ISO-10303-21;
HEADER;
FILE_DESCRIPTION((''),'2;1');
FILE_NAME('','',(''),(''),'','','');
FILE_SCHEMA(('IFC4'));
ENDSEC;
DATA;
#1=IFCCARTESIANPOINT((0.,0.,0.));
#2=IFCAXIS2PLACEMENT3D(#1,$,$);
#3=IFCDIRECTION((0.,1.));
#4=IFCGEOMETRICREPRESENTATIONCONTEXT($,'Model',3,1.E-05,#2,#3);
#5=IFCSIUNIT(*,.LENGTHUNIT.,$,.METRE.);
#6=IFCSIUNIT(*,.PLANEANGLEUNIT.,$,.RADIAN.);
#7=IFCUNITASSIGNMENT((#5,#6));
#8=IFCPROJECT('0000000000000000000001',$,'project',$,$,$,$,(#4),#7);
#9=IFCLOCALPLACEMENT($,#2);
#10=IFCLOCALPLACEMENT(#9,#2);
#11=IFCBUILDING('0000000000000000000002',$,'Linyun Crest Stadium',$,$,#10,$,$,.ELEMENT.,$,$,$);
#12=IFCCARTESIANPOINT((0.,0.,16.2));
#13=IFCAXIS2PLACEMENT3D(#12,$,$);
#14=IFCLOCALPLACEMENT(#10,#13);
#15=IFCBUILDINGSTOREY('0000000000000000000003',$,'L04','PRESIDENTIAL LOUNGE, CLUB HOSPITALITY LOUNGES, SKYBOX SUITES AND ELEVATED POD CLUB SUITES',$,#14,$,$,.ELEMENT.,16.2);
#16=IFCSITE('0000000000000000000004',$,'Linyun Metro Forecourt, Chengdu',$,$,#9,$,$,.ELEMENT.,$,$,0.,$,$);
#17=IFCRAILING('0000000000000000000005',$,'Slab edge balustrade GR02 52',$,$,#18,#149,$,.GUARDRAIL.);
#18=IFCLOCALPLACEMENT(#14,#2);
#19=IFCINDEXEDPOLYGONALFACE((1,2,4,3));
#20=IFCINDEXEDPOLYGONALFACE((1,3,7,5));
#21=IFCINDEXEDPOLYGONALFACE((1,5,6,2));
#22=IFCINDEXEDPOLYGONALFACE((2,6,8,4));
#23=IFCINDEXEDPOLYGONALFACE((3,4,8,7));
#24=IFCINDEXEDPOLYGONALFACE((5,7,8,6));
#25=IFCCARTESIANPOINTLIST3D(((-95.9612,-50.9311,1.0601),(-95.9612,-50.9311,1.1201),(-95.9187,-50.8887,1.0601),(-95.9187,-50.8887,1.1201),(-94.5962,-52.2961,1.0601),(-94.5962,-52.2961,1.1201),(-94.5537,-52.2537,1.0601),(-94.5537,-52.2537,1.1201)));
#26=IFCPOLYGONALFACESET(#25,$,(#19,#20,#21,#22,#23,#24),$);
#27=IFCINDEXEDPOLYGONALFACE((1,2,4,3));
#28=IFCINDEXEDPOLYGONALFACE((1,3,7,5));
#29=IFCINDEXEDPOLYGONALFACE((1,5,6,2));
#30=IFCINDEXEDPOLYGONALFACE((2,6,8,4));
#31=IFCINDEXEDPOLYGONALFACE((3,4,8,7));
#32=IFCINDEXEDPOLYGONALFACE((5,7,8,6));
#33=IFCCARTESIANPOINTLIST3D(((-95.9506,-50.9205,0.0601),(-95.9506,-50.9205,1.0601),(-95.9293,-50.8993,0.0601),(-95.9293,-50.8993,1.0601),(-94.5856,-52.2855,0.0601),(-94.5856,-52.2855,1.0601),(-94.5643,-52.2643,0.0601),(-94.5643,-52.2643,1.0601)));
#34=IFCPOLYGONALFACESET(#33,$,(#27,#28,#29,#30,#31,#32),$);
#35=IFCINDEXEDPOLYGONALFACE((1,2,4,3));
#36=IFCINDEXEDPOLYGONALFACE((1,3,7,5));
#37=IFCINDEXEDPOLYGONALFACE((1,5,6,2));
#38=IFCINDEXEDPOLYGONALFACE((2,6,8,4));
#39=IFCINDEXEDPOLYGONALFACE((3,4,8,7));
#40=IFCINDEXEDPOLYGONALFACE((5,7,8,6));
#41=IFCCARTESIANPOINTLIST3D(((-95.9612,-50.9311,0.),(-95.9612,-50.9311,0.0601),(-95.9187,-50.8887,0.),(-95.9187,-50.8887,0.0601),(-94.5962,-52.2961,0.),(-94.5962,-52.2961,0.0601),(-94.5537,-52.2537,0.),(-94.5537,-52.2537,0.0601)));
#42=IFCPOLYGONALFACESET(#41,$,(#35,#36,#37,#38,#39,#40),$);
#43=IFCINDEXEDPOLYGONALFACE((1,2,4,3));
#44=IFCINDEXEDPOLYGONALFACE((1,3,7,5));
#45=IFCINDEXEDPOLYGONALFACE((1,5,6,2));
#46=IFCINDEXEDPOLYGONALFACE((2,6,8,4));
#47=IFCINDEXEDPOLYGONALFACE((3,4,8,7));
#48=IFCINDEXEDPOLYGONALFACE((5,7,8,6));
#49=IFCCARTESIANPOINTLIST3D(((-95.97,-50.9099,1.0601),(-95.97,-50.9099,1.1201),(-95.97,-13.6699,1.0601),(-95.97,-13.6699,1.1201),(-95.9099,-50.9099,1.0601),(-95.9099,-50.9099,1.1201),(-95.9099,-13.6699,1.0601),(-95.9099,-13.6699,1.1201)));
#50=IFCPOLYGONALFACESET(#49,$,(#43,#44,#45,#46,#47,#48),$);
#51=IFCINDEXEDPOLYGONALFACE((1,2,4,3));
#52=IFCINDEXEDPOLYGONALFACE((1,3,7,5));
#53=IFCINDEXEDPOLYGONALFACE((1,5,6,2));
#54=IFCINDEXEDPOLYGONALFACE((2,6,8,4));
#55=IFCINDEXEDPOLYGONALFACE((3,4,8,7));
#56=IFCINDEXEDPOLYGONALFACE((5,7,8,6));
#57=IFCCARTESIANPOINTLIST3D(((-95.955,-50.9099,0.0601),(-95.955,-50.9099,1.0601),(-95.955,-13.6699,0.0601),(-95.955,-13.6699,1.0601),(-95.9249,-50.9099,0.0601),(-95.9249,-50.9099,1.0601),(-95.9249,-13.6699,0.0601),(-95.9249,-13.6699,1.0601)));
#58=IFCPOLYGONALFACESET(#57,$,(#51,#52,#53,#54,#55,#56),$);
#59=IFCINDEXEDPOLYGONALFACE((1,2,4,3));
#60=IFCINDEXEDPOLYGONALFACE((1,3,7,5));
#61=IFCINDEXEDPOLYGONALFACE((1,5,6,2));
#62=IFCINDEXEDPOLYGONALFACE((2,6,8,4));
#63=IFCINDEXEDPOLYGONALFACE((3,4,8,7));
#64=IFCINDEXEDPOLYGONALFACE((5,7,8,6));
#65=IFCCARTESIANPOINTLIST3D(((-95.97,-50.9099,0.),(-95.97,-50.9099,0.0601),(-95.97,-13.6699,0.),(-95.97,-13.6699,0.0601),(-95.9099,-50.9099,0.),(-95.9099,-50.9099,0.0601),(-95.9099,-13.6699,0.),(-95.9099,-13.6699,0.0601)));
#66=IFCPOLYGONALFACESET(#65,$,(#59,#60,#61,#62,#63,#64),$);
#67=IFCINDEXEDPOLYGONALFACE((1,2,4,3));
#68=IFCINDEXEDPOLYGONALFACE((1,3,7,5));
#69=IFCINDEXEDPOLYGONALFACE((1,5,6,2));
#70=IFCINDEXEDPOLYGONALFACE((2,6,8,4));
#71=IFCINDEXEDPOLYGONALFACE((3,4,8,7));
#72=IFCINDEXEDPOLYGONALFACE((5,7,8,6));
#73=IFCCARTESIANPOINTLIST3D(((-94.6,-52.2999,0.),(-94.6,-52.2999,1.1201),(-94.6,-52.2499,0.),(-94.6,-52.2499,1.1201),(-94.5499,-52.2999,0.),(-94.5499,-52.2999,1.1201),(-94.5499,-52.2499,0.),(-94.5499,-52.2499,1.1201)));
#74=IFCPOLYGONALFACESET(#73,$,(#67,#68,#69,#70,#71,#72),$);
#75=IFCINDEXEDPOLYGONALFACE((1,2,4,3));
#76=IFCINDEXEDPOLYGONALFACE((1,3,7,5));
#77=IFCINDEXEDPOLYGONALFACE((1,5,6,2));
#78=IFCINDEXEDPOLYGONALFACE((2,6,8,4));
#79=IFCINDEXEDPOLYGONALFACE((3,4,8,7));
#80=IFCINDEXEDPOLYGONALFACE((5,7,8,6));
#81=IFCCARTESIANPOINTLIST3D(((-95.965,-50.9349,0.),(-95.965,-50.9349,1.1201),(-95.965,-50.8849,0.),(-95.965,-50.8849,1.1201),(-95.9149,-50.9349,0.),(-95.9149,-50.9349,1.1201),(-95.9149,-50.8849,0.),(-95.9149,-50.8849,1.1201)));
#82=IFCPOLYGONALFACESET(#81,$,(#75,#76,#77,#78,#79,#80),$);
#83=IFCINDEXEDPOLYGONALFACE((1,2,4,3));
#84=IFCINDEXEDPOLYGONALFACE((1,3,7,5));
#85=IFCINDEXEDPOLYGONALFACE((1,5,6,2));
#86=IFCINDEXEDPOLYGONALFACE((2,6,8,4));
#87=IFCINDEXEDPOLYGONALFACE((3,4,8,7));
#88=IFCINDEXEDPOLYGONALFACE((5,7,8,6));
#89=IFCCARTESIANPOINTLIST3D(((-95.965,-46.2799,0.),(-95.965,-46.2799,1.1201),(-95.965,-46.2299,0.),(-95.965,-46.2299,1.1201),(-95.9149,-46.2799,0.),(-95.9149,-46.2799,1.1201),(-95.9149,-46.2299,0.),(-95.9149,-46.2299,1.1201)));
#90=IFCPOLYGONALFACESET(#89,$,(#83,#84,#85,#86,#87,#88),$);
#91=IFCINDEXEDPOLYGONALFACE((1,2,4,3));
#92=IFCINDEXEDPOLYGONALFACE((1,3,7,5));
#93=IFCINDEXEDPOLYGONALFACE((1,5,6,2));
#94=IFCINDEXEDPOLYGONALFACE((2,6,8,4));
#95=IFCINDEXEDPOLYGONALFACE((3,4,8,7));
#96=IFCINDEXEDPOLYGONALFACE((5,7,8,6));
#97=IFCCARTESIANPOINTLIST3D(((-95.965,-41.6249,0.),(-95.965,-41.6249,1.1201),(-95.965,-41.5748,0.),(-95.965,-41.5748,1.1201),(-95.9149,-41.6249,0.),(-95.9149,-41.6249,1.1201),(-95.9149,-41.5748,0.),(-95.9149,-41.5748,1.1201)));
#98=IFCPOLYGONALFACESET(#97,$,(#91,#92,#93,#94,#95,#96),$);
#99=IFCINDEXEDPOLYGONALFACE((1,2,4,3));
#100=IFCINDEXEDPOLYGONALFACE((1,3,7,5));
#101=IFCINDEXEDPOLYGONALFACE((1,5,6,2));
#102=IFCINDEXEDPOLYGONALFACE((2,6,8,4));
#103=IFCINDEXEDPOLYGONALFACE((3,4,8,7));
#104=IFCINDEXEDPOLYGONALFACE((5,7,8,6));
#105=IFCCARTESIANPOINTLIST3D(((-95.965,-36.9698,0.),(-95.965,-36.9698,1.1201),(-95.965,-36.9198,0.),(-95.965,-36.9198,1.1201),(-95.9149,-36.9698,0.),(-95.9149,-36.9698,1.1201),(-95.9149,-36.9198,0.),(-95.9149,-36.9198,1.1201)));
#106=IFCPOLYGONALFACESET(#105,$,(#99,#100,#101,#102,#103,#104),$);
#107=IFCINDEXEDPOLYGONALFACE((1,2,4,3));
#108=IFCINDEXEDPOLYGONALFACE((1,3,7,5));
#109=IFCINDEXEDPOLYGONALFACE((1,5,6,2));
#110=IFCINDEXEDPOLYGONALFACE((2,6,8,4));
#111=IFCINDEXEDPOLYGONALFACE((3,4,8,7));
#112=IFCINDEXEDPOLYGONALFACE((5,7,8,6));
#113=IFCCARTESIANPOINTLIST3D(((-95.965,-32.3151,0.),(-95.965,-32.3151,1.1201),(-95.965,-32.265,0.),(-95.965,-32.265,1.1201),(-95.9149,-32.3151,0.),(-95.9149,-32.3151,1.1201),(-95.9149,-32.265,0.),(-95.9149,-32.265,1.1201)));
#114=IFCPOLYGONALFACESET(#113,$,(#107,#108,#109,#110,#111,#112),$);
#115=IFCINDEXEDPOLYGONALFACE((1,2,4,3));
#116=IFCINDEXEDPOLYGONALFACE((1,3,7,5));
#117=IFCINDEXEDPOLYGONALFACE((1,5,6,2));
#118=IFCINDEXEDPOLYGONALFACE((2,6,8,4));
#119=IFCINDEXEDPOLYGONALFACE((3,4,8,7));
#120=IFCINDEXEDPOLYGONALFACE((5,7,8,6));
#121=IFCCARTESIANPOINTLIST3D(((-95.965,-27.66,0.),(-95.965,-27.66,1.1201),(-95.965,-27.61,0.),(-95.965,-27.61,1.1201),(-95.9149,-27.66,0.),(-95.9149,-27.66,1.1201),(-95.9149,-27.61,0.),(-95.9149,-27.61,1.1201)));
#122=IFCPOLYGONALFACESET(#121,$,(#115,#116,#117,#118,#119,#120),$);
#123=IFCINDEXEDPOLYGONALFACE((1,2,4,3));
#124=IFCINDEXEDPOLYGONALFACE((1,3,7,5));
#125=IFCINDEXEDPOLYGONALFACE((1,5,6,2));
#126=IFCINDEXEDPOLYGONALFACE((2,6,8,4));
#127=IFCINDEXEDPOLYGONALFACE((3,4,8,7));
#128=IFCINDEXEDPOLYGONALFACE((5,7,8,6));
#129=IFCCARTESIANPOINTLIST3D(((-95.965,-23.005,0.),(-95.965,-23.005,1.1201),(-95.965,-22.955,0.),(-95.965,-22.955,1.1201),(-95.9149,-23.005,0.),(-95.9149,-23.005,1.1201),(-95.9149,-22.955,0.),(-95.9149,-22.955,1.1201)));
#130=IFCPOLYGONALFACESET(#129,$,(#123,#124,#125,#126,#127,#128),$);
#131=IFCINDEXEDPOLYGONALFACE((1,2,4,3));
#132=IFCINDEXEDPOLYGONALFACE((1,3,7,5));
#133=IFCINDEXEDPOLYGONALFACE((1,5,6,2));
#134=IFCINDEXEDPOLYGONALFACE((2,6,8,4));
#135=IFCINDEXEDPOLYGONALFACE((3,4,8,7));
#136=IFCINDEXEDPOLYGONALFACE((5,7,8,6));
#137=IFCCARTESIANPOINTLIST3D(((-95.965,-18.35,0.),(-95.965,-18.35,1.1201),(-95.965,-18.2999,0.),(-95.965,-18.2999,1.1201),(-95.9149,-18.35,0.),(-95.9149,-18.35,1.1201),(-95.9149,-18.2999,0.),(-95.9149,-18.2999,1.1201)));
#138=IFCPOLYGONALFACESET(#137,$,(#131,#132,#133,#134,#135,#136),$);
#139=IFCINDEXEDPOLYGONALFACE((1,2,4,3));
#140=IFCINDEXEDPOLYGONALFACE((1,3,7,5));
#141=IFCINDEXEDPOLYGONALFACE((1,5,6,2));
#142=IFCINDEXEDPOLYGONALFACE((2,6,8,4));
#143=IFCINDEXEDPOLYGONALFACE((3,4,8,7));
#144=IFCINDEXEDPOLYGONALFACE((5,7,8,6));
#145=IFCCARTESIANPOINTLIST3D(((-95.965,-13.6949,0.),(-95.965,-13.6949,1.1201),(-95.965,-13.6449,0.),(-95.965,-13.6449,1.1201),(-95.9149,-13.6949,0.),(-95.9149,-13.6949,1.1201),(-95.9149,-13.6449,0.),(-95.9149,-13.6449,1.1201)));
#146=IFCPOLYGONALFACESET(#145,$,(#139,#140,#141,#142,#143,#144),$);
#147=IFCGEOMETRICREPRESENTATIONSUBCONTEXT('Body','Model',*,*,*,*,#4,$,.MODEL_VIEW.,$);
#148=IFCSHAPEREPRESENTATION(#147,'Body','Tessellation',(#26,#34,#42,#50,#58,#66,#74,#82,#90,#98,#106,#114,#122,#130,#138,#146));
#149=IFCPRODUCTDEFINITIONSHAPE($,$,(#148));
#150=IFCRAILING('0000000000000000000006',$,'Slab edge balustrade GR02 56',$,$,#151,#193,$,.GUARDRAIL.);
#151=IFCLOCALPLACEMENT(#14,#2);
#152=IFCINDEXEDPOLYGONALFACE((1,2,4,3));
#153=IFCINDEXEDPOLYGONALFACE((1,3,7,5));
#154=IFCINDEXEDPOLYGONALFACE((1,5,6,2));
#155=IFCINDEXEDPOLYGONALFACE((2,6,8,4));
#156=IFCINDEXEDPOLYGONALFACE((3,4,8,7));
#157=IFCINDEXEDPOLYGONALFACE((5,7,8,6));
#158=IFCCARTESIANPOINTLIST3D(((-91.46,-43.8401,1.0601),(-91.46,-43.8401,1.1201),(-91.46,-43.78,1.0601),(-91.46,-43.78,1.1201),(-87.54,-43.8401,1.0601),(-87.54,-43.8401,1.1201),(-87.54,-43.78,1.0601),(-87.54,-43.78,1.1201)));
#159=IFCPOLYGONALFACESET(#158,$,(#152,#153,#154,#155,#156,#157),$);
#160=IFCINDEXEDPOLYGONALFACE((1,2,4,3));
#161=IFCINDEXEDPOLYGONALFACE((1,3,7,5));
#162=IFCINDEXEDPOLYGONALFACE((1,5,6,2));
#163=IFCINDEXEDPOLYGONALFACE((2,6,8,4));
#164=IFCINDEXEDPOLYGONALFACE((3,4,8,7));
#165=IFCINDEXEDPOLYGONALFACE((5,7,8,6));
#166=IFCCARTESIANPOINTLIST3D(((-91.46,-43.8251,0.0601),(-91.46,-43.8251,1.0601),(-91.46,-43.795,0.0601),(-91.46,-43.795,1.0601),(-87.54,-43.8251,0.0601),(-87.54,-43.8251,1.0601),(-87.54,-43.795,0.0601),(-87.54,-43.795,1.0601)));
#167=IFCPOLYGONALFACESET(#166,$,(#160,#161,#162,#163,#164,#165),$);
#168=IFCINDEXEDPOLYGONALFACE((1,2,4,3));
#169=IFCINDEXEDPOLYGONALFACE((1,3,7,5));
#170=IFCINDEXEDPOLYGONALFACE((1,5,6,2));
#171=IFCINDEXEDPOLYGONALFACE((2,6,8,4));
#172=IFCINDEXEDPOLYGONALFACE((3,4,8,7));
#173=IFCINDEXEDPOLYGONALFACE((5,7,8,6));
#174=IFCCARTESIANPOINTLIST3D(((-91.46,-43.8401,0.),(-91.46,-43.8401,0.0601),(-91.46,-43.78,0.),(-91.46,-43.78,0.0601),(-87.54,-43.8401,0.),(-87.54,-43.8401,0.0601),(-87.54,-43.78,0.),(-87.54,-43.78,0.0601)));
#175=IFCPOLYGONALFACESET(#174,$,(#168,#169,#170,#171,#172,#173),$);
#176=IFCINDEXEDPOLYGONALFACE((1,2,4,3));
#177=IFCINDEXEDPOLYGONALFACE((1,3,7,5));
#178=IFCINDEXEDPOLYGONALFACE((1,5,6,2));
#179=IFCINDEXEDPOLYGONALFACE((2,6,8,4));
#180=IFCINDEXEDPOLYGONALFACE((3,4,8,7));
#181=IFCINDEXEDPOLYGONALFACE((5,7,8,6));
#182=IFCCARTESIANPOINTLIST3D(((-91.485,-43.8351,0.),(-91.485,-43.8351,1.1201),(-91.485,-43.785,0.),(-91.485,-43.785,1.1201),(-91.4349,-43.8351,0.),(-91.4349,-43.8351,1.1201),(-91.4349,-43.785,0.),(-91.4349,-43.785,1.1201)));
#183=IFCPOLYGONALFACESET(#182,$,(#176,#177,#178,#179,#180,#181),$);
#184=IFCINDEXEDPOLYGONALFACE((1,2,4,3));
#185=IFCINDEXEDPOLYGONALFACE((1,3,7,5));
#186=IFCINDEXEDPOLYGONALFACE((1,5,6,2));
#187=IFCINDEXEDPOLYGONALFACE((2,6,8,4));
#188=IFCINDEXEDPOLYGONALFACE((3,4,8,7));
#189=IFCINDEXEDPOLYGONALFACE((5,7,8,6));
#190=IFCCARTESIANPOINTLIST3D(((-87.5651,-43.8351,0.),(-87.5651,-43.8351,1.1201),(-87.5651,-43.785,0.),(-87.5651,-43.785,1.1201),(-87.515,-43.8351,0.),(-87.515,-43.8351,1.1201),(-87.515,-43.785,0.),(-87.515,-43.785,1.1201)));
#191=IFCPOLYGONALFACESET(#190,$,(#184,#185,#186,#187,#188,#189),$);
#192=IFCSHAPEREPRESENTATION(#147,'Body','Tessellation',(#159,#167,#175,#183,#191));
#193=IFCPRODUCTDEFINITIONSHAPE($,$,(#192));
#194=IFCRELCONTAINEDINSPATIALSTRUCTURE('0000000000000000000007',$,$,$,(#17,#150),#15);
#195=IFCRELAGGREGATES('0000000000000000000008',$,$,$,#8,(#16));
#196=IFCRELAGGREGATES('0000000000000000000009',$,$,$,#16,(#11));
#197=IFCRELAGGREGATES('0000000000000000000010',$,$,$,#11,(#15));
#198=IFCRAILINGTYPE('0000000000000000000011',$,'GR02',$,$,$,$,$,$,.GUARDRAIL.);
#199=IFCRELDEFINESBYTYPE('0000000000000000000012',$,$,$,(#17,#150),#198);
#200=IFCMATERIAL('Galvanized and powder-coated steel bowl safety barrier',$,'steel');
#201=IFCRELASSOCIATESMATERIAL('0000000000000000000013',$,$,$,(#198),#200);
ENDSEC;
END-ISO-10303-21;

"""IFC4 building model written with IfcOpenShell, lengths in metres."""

from ifc_helpers import new_model, si_unit, direction, frame, origin, origin_2d, place, context, subcontext, project, spatial, rectangle, extrude, material, type_object, element, save


model = new_model("IFC4")

# Units and contexts
model_context = context("Model", 3, precision=1e-05, world=origin(), true_north=direction((0.0, 1.0)))
body_context = subcontext(model_context, "Body", "Model", "MODEL_VIEW")
ifc_project = project(units=[si_unit("LENGTHUNIT", "METRE"), si_unit("PLANEANGLEUNIT", "RADIAN")], contexts=[model_context])

# Site, building, storey
site_placement = place(None, origin())
site = spatial("IfcSite", under=ifc_project, at=site_placement, Name="Linyun Metro Forecourt, Chengdu", CompositionType="ELEMENT", RefElevation=0.0)
building_placement = place(site_placement, origin())
building = spatial("IfcBuilding", under=site, at=building_placement, Name="Linyun Crest Stadium", CompositionType="ELEMENT")
storey_placement = place(building_placement, frame((0.0, 0.0, 16.2)))
storey = spatial("IfcBuildingStorey", under=building, at=storey_placement, Name="L04", Description="PRESIDENTIAL LOUNGE, CLUB HOSPITALITY LOUNGES, SKYBOX SUITES AND ELEVATED POD CLUB SUITES", CompositionType="ELEMENT", Elevation=16.2)

# Railings
ifc_material_1 = material(Name="Galvanized and powder-coated steel bowl safety barrier", Category="steel")
railing_type_1 = type_object("IfcRailingType", Name="GR02", PredefinedType="GUARDRAIL", material=ifc_material_1)
railing_1_placement = place(storey_placement, frame((-94.575, -52.2749, 0.0)))
element("IfcRailing", 1, at=railing_1_placement, inside=storey, type_object=railing_type_1, Name="Slab edge balustrade GR02 52", PredefinedType="GUARDRAIL", context=body_context, shape_type="SweptSolid", body=[
    extrude(rectangle(XDim=0.0601, YDim=0.0601, at=origin_2d()), frame((0.0, 0.0, 1.0901), z_axis=(-0.707107, 0.707107, 0.0), x_axis=(-0.707107, -0.707107, 0.0)), (0.0, 0.0, 1.0), 1.9304),
    extrude(rectangle(XDim=0.03, YDim=1.0, at=origin_2d()), frame((0.0, 0.0, 0.5601), z_axis=(-0.707107, 0.707107, 0.0), x_axis=(-0.707107, -0.707107, 0.0)), (0.0, 0.0, 1.0), 1.9304),
    extrude(rectangle(XDim=0.0601, YDim=0.0601, at=origin_2d()), frame((0.0, 0.0, 0.03), z_axis=(-0.707107, 0.707107, 0.0), x_axis=(-0.707107, -0.707107, 0.0)), (0.0, 0.0, 1.0), 1.9304),
    extrude(rectangle(XDim=0.0601, YDim=0.0601, at=origin_2d()), frame((-1.365, 1.365, 1.0901), z_axis=(0.0, 1.0, 0.0), x_axis=(-1.0, 0.0, 0.0)), (0.0, 0.0, 1.0), 37.24),
    extrude(rectangle(XDim=0.03, YDim=1.0, at=origin_2d()), frame((-1.365, 1.365, 0.5601), z_axis=(0.0, 1.0, 0.0), x_axis=(-1.0, 0.0, 0.0)), (0.0, 0.0, 1.0), 37.24),
    extrude(rectangle(XDim=0.0601, YDim=0.0601, at=origin_2d()), frame((-1.365, 1.365, 0.03), z_axis=(0.0, 1.0, 0.0), x_axis=(-1.0, 0.0, 0.0)), (0.0, 0.0, 1.0), 37.24),
    extrude(rectangle(XDim=0.05, YDim=0.05, at=origin_2d()), origin(), (0.0, 0.0, 1.0), 1.1201),
    extrude(rectangle(XDim=0.05, YDim=0.05, at=origin_2d()), frame((-1.365, 1.365, 0.0)), (0.0, 0.0, 1.0), 1.1201),
    extrude(rectangle(XDim=0.05, YDim=0.05, at=origin_2d()), frame((-1.365, 6.02, 0.0)), (0.0, 0.0, 1.0), 1.1201),
    extrude(rectangle(XDim=0.05, YDim=0.05, at=origin_2d()), frame((-1.365, 10.675, 0.0)), (0.0, 0.0, 1.0), 1.1201),
    extrude(rectangle(XDim=0.05, YDim=0.05, at=origin_2d()), frame((-1.365, 15.3301, 0.0)), (0.0, 0.0, 1.0), 1.1201),
    extrude(rectangle(XDim=0.05, YDim=0.05, at=origin_2d()), frame((-1.365, 19.9849, 0.0)), (0.0, 0.0, 1.0), 1.1201),
    extrude(rectangle(XDim=0.05, YDim=0.05, at=origin_2d()), frame((-1.365, 24.6399, 0.0)), (0.0, 0.0, 1.0), 1.1201),
    extrude(rectangle(XDim=0.05, YDim=0.05, at=origin_2d()), frame((-1.365, 29.2949, 0.0)), (0.0, 0.0, 1.0), 1.1201),
    extrude(rectangle(XDim=0.05, YDim=0.05, at=origin_2d()), frame((-1.365, 33.95, 0.0)), (0.0, 0.0, 1.0), 1.1201),
    extrude(rectangle(XDim=0.05, YDim=0.05, at=origin_2d()), frame((-1.365, 38.605, 0.0)), (0.0, 0.0, 1.0), 1.1201),
])
railing_2_placement = place(storey_placement, frame((-91.46, -43.8101, 0.0)))
element("IfcRailing", 2, at=railing_2_placement, inside=storey, type_object=railing_type_1, Name="Slab edge balustrade GR02 56", PredefinedType="GUARDRAIL", context=body_context, shape_type="SweptSolid", body=[
    extrude(rectangle(XDim=0.0601, YDim=0.0601, at=origin_2d()), frame((0.0, 0.0, 1.0901), z_axis=(1.0, 0.0, 0.0), x_axis=(0.0, 1.0, 0.0)), (0.0, 0.0, 1.0), 3.9199),
    extrude(rectangle(XDim=0.03, YDim=1.0, at=origin_2d()), frame((0.0, 0.0, 0.5601), z_axis=(1.0, 0.0, 0.0), x_axis=(0.0, 1.0, 0.0)), (0.0, 0.0, 1.0), 3.9199),
    extrude(rectangle(XDim=0.0601, YDim=0.0601, at=origin_2d()), frame((0.0, 0.0, 0.03), z_axis=(1.0, 0.0, 0.0), x_axis=(0.0, 1.0, 0.0)), (0.0, 0.0, 1.0), 3.9199),
    extrude(rectangle(XDim=0.05, YDim=0.05, at=origin_2d()), origin(), (0.0, 0.0, 1.0), 1.1201),
    extrude(rectangle(XDim=0.05, YDim=0.05, at=origin_2d()), frame((3.9199, 0.0, 0.0)), (0.0, 0.0, 1.0), 1.1201),
])

save(model, "model.ifc")
